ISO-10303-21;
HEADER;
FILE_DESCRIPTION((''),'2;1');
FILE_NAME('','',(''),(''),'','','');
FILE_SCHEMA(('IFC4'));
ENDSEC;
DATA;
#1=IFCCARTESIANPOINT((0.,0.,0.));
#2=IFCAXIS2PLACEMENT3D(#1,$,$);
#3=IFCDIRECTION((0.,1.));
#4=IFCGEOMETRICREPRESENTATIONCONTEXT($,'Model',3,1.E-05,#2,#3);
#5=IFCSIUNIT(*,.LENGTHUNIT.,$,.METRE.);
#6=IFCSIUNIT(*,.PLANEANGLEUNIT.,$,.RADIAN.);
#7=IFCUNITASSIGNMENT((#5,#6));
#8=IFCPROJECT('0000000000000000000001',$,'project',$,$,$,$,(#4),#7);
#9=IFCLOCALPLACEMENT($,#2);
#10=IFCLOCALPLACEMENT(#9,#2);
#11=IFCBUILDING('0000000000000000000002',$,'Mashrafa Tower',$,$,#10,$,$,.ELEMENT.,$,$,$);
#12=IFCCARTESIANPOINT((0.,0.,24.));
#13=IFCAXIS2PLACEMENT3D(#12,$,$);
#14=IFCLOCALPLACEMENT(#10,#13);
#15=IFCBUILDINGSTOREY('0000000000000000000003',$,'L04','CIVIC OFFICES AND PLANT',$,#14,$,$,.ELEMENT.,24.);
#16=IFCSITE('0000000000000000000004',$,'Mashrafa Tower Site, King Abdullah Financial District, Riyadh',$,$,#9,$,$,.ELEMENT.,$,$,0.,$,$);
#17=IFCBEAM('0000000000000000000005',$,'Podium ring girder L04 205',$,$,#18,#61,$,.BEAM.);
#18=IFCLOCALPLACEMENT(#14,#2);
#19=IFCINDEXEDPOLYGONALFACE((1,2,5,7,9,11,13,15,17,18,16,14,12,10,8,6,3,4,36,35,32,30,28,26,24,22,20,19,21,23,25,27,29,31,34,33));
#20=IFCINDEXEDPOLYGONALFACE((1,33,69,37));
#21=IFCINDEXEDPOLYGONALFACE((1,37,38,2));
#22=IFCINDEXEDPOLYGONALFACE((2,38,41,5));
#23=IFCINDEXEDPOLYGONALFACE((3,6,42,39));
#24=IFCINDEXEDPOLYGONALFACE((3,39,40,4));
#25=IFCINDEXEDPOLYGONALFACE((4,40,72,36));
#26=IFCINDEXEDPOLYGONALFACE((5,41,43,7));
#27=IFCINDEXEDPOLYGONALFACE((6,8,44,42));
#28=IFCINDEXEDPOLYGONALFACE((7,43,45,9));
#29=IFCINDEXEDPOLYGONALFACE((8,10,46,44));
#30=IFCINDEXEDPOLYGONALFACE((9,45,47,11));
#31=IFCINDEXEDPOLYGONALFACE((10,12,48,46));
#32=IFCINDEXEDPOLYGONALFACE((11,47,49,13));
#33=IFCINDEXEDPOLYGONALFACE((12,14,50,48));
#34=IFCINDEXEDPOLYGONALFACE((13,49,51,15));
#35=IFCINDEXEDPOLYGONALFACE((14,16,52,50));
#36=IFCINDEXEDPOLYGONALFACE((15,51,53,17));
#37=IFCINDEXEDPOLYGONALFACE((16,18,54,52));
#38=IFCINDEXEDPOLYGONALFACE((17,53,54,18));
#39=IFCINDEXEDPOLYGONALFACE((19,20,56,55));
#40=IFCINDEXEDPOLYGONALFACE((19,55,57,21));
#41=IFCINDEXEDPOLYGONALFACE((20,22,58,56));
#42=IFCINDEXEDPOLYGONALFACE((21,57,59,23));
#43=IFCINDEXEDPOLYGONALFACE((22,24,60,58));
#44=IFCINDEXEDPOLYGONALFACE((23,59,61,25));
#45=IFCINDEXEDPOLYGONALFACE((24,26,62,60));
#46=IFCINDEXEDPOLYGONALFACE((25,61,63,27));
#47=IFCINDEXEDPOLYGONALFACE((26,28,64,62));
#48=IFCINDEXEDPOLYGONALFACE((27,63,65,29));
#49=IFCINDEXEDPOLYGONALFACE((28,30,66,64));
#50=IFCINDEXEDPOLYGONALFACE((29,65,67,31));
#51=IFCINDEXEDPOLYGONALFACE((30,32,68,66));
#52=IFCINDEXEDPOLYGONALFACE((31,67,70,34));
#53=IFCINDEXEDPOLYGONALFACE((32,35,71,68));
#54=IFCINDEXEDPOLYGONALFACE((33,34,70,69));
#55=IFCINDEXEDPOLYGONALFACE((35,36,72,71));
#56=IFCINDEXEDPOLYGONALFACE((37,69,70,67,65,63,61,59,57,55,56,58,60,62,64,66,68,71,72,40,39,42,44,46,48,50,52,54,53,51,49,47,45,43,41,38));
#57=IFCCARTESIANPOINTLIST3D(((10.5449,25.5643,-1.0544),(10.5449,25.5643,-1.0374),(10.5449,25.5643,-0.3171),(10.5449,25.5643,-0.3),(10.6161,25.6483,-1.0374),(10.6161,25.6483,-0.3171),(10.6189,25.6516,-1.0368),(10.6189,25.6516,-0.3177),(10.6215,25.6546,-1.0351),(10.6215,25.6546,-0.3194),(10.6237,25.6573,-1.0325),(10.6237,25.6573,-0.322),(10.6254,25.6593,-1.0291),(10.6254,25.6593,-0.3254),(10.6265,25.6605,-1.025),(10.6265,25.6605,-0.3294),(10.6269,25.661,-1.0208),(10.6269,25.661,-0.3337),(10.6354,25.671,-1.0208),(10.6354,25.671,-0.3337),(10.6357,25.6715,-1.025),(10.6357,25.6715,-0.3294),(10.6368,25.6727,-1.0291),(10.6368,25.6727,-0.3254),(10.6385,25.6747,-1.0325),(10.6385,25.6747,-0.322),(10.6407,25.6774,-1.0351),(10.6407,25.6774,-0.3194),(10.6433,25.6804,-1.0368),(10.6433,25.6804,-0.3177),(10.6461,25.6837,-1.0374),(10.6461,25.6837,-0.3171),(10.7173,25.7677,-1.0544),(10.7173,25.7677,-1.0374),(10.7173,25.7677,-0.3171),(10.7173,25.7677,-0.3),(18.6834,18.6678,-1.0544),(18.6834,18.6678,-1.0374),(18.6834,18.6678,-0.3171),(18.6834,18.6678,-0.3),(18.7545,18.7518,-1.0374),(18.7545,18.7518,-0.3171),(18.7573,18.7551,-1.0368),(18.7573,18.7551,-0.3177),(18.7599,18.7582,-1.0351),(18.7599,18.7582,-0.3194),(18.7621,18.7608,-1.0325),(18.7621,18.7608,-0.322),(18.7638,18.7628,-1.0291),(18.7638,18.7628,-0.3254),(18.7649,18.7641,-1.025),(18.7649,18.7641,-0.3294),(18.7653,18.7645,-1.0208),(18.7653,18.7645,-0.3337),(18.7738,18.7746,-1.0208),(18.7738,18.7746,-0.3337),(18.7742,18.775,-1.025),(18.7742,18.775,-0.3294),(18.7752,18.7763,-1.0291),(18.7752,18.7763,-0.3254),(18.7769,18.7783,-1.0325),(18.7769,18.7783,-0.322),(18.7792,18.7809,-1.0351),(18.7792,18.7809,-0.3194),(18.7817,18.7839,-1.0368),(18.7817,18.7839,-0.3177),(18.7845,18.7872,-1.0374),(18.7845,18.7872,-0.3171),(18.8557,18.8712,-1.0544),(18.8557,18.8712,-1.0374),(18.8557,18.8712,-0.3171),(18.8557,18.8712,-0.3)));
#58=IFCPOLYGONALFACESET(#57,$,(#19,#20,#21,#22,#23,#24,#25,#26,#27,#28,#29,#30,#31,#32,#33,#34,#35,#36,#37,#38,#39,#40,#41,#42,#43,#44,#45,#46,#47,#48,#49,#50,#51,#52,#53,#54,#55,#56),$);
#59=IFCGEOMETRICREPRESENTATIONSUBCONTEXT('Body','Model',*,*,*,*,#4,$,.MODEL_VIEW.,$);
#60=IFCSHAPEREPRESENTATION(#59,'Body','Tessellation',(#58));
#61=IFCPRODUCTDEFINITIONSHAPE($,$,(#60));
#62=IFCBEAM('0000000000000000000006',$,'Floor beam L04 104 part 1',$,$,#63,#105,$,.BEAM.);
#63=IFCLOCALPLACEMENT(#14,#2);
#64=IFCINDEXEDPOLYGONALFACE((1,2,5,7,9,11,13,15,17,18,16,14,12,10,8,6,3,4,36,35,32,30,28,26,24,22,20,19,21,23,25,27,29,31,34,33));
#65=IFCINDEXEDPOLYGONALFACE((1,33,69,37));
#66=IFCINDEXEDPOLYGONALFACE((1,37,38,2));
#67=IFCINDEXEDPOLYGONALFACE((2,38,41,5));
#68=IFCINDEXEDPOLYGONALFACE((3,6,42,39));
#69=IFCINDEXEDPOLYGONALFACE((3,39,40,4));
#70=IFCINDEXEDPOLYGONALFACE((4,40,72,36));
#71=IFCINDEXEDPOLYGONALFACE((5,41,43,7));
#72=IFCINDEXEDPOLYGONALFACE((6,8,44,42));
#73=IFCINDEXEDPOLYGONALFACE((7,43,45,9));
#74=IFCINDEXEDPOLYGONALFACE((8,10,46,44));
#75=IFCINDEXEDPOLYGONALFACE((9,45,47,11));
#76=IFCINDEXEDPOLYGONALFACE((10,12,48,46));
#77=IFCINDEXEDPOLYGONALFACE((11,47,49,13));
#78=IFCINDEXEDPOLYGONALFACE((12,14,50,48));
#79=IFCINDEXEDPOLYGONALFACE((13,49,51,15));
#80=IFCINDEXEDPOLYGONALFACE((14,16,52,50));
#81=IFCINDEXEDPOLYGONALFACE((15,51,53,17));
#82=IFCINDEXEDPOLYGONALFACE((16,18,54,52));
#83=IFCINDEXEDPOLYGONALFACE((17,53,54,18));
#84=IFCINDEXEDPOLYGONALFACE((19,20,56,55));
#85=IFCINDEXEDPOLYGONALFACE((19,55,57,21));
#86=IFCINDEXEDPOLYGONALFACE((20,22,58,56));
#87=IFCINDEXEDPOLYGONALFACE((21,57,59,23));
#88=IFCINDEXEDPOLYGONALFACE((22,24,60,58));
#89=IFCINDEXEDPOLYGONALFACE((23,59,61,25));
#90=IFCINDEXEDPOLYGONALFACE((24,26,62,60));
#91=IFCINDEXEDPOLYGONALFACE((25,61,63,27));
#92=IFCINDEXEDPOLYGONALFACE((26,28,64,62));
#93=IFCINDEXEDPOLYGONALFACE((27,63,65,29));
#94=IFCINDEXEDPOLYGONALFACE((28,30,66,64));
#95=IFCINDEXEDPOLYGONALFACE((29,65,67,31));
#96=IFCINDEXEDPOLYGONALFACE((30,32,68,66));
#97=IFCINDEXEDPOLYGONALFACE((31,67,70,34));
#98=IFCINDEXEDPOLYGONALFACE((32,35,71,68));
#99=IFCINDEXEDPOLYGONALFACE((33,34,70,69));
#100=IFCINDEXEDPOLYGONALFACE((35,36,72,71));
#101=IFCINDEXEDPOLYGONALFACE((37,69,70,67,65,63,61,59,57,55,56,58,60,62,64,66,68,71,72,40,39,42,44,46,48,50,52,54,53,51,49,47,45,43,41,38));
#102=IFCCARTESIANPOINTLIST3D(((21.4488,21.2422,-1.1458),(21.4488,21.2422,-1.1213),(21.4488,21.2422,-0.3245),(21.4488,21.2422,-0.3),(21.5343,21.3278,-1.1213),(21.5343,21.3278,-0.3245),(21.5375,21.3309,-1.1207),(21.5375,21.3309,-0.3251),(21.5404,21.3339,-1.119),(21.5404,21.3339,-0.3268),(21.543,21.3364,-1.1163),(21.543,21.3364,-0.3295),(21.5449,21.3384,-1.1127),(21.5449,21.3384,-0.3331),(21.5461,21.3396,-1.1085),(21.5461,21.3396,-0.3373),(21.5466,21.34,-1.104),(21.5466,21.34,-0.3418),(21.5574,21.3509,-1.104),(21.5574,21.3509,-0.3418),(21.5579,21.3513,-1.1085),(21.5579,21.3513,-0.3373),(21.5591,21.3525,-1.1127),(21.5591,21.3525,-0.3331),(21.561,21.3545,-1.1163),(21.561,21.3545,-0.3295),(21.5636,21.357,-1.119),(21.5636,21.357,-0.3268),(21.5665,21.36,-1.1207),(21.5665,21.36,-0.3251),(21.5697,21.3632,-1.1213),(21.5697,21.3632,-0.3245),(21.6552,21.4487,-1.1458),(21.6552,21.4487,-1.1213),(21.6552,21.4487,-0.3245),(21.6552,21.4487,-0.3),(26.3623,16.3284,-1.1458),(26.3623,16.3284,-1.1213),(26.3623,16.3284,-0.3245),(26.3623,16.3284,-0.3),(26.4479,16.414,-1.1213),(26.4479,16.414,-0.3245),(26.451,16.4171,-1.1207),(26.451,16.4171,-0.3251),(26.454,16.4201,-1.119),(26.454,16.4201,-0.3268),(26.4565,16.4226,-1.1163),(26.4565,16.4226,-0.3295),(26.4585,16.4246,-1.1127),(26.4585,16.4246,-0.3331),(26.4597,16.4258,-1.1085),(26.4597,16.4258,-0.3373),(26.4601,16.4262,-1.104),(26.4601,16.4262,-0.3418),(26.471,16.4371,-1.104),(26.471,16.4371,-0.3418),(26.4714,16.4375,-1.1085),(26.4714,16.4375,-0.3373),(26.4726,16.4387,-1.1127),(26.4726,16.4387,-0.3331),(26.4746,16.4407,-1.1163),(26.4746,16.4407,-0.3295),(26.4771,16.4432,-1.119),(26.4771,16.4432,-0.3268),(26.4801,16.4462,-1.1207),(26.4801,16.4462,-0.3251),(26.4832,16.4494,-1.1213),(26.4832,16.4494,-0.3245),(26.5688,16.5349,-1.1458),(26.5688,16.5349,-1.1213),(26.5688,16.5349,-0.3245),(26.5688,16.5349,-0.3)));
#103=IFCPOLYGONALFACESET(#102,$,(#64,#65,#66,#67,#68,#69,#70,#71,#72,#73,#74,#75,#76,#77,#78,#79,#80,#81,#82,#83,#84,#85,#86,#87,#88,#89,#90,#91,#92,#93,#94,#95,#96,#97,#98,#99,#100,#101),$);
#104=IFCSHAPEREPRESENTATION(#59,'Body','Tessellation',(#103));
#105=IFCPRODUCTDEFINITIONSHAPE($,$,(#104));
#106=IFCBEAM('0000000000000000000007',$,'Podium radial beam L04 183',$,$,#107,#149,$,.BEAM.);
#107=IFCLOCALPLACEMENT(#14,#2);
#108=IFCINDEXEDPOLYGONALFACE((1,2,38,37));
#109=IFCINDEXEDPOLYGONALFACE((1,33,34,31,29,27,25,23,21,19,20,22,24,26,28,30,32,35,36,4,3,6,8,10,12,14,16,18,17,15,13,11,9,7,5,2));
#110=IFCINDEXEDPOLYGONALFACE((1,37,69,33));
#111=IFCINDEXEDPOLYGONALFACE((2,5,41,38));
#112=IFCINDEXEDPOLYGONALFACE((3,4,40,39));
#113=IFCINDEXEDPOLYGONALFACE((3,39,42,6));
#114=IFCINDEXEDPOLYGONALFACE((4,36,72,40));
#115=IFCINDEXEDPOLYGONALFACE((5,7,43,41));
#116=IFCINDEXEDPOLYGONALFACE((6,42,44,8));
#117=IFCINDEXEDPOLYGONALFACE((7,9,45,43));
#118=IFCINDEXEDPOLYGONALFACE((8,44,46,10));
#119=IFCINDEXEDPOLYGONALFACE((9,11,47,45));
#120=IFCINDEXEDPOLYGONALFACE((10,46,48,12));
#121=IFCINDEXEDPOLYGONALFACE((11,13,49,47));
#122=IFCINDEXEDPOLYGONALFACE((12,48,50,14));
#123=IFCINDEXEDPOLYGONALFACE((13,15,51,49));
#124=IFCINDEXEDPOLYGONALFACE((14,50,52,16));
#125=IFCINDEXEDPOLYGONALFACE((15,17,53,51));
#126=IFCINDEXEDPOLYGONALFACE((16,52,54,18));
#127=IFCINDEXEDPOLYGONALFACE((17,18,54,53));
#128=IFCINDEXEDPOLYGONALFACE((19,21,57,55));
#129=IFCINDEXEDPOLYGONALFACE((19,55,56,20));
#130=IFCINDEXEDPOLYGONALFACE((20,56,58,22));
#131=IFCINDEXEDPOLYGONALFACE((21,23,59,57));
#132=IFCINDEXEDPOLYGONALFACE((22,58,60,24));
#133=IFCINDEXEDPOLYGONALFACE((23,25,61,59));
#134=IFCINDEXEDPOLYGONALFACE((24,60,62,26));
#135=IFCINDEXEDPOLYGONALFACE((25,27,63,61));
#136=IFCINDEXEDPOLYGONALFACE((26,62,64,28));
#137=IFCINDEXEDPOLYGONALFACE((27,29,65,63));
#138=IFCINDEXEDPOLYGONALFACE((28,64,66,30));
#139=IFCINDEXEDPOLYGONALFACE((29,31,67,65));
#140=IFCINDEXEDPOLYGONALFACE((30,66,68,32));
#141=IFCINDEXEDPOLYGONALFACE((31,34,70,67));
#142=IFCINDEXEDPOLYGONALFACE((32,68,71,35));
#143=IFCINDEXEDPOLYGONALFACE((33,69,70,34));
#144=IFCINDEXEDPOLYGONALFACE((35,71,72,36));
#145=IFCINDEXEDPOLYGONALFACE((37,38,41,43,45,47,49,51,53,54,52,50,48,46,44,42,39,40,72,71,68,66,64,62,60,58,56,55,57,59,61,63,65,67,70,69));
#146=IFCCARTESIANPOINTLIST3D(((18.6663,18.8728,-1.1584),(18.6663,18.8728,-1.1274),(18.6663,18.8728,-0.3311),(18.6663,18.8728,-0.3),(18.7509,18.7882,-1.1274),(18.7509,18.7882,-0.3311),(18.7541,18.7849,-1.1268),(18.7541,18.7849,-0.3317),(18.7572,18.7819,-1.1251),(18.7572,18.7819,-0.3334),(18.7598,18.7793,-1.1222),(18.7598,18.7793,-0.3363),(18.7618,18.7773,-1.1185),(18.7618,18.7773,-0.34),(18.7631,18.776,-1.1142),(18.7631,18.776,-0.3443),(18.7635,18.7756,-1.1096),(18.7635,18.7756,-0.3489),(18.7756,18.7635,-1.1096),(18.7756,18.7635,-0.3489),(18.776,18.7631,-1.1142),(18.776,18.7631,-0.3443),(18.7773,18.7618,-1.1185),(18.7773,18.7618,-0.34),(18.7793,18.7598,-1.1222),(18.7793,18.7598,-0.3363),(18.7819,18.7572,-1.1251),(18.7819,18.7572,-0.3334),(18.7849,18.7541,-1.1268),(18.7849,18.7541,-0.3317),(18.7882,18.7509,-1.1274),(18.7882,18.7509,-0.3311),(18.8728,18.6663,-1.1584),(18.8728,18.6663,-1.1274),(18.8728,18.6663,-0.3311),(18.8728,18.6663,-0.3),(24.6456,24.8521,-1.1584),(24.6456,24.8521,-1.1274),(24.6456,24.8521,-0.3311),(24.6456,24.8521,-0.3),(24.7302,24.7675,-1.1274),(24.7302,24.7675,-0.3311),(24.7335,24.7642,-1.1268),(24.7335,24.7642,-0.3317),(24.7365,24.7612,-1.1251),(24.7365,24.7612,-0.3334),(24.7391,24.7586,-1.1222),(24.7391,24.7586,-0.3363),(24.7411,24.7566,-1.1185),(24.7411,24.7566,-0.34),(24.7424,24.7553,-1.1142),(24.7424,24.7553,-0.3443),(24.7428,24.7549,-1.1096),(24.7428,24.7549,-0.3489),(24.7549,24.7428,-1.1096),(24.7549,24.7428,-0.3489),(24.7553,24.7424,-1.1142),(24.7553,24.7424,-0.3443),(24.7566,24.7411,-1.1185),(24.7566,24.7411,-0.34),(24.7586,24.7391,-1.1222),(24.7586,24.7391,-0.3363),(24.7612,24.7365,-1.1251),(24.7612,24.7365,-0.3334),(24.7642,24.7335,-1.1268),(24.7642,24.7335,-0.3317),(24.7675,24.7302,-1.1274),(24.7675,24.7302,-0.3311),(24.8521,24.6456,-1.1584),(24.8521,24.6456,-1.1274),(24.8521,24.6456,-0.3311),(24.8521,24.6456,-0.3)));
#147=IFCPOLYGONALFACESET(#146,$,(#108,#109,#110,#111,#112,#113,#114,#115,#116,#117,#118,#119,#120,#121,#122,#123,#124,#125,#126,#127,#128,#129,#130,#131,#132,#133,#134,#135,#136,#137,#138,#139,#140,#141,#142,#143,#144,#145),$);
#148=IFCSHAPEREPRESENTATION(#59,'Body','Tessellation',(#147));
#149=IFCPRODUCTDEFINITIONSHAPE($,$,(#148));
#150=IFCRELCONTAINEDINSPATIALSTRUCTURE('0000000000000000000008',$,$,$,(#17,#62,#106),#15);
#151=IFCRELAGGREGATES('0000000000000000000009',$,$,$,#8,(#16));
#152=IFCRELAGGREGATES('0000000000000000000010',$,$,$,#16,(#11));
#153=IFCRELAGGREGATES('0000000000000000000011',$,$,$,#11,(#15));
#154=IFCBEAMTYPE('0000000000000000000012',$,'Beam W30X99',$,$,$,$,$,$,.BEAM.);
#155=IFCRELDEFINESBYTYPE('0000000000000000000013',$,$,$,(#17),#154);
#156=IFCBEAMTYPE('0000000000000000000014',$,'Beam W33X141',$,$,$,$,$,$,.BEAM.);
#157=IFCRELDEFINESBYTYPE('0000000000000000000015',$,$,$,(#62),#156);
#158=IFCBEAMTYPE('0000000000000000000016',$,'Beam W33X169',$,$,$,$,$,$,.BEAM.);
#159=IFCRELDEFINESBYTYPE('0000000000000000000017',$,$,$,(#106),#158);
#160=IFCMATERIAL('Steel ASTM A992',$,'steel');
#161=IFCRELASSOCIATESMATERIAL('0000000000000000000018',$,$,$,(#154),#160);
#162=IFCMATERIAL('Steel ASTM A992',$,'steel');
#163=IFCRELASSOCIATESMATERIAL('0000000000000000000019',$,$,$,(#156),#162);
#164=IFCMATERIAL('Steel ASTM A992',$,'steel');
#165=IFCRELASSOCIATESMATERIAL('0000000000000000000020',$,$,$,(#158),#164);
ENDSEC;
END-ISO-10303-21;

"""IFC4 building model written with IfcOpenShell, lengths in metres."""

from ifc_helpers import new_model, si_unit, direction, frame, origin, origin_2d, place, context, subcontext, project, spatial, i_section, extrude, material, material_profile, profile_set, type_object, element, save


model = new_model("IFC4")

# Units and contexts
model_context = context("Model", 3, precision=1e-05, world=origin(), true_north=direction((0.0, 1.0)))
body_context = subcontext(model_context, "Body", "Model", "MODEL_VIEW")
ifc_project = project(units=[si_unit("LENGTHUNIT", "METRE"), si_unit("PLANEANGLEUNIT", "RADIAN")], contexts=[model_context])

# Site, building, storey
site_placement = place(None, origin())
site = spatial("IfcSite", under=ifc_project, at=site_placement, Name="Mashrafa Tower Site, King Abdullah Financial District, Riyadh", CompositionType="ELEMENT", RefElevation=0.0)
building_placement = place(site_placement, origin())
building = spatial("IfcBuilding", under=site, at=building_placement, Name="Mashrafa Tower", CompositionType="ELEMENT")
storey_placement = place(building_placement, frame((0.0, 0.0, 24.0)))
storey = spatial("IfcBuildingStorey", under=building, at=storey_placement, Name="L04", Description="CIVIC OFFICES AND PLANT", CompositionType="ELEMENT", Elevation=24.0)

# Beams
ifc_material_1 = material(Name="Steel ASTM A992", Category="steel")
ifc_material_profile_1 = material_profile(ifc_material_1, i_section(OverallWidth=0.2666, OverallDepth=0.7544, WebThickness=0.0132, FlangeThickness=0.0171, FilletRadius=0.0166, at=origin_2d()), Name="W30X99")
ifc_profile_set_1 = profile_set([ifc_material_profile_1], Name="Steel ASTM A992")
beam_type_1 = type_object("IfcBeamType", Name="Beam W30X99", PredefinedType="BEAM", material=ifc_profile_set_1)
beam_1_placement = place(storey_placement, frame((18.7695, 18.7695, -0.6772), z_axis=(-0.762918, 0.646495, 0.0), x_axis=(-0.646495, -0.762918, 0.0)))
element("IfcBeam", 1, at=beam_1_placement, inside=storey, type_object=beam_type_1, Name="Podium ring girder L04 205", PredefinedType="BEAM", context=body_context, shape_type="SweptSolid", body=[
    extrude(i_section(OverallWidth=0.2666, OverallDepth=0.7544, WebThickness=0.0132, FlangeThickness=0.0171, FilletRadius=0.0166, at=origin_2d()), origin(), (0.0, 0.0, 1.0), 10.6675),
])
ifc_material_2 = material(Name="Steel ASTM A992", Category="steel")
ifc_material_profile_2 = material_profile(ifc_material_2, i_section(OverallWidth=0.292, OverallDepth=0.8457, WebThickness=0.0154, FlangeThickness=0.0244, FilletRadius=0.0173, at=origin_2d()), Name="W33X141")
ifc_profile_set_2 = profile_set([ifc_material_profile_2], Name="Steel ASTM A992")
beam_type_2 = type_object("IfcBeamType", Name="Beam W33X141", PredefinedType="BEAM", material=ifc_profile_set_2)
beam_2_placement = place(storey_placement, frame((21.552, 21.3455, -0.7229), z_axis=(0.707089, -0.707124, 0.0), x_axis=(0.707124, 0.707089, 0.0)))
element("IfcBeam", 2, at=beam_2_placement, inside=storey, type_object=beam_type_2, Name="Floor beam L04 104 part 1", PredefinedType="BEAM", context=body_context, shape_type="SweptSolid", body=[
    extrude(i_section(OverallWidth=0.292, OverallDepth=0.8457, WebThickness=0.0154, FlangeThickness=0.0244, FilletRadius=0.0173, at=origin_2d()), origin(), (0.0, 0.0, 1.0), 6.949),
])
ifc_material_3 = material(Name="Steel ASTM A992", Category="steel")
ifc_material_profile_3 = material_profile(ifc_material_3, i_section(OverallWidth=0.292, OverallDepth=0.8584, WebThickness=0.0171, FlangeThickness=0.031, FilletRadius=0.0178, at=origin_2d()), Name="W33X169")
ifc_profile_set_3 = profile_set([ifc_material_profile_3], Name="Steel ASTM A992")
beam_type_3 = type_object("IfcBeamType", Name="Beam W33X169", PredefinedType="BEAM", material=ifc_profile_set_3)
beam_3_placement = place(storey_placement, frame((18.7695, 18.7695, -0.7292), z_axis=(0.707107, 0.707107, 0.0), x_axis=(-0.707107, 0.707107, 0.0)))
element("IfcBeam", 3, at=beam_3_placement, inside=storey, type_object=beam_type_3, Name="Podium radial beam L04 183", PredefinedType="BEAM", context=body_context, shape_type="SweptSolid", body=[
    extrude(i_section(OverallWidth=0.292, OverallDepth=0.8584, WebThickness=0.0171, FlangeThickness=0.031, FilletRadius=0.0178, at=origin_2d()), origin(), (0.0, 0.0, 1.0), 8.4561),
])

save(model, "model.ifc")
